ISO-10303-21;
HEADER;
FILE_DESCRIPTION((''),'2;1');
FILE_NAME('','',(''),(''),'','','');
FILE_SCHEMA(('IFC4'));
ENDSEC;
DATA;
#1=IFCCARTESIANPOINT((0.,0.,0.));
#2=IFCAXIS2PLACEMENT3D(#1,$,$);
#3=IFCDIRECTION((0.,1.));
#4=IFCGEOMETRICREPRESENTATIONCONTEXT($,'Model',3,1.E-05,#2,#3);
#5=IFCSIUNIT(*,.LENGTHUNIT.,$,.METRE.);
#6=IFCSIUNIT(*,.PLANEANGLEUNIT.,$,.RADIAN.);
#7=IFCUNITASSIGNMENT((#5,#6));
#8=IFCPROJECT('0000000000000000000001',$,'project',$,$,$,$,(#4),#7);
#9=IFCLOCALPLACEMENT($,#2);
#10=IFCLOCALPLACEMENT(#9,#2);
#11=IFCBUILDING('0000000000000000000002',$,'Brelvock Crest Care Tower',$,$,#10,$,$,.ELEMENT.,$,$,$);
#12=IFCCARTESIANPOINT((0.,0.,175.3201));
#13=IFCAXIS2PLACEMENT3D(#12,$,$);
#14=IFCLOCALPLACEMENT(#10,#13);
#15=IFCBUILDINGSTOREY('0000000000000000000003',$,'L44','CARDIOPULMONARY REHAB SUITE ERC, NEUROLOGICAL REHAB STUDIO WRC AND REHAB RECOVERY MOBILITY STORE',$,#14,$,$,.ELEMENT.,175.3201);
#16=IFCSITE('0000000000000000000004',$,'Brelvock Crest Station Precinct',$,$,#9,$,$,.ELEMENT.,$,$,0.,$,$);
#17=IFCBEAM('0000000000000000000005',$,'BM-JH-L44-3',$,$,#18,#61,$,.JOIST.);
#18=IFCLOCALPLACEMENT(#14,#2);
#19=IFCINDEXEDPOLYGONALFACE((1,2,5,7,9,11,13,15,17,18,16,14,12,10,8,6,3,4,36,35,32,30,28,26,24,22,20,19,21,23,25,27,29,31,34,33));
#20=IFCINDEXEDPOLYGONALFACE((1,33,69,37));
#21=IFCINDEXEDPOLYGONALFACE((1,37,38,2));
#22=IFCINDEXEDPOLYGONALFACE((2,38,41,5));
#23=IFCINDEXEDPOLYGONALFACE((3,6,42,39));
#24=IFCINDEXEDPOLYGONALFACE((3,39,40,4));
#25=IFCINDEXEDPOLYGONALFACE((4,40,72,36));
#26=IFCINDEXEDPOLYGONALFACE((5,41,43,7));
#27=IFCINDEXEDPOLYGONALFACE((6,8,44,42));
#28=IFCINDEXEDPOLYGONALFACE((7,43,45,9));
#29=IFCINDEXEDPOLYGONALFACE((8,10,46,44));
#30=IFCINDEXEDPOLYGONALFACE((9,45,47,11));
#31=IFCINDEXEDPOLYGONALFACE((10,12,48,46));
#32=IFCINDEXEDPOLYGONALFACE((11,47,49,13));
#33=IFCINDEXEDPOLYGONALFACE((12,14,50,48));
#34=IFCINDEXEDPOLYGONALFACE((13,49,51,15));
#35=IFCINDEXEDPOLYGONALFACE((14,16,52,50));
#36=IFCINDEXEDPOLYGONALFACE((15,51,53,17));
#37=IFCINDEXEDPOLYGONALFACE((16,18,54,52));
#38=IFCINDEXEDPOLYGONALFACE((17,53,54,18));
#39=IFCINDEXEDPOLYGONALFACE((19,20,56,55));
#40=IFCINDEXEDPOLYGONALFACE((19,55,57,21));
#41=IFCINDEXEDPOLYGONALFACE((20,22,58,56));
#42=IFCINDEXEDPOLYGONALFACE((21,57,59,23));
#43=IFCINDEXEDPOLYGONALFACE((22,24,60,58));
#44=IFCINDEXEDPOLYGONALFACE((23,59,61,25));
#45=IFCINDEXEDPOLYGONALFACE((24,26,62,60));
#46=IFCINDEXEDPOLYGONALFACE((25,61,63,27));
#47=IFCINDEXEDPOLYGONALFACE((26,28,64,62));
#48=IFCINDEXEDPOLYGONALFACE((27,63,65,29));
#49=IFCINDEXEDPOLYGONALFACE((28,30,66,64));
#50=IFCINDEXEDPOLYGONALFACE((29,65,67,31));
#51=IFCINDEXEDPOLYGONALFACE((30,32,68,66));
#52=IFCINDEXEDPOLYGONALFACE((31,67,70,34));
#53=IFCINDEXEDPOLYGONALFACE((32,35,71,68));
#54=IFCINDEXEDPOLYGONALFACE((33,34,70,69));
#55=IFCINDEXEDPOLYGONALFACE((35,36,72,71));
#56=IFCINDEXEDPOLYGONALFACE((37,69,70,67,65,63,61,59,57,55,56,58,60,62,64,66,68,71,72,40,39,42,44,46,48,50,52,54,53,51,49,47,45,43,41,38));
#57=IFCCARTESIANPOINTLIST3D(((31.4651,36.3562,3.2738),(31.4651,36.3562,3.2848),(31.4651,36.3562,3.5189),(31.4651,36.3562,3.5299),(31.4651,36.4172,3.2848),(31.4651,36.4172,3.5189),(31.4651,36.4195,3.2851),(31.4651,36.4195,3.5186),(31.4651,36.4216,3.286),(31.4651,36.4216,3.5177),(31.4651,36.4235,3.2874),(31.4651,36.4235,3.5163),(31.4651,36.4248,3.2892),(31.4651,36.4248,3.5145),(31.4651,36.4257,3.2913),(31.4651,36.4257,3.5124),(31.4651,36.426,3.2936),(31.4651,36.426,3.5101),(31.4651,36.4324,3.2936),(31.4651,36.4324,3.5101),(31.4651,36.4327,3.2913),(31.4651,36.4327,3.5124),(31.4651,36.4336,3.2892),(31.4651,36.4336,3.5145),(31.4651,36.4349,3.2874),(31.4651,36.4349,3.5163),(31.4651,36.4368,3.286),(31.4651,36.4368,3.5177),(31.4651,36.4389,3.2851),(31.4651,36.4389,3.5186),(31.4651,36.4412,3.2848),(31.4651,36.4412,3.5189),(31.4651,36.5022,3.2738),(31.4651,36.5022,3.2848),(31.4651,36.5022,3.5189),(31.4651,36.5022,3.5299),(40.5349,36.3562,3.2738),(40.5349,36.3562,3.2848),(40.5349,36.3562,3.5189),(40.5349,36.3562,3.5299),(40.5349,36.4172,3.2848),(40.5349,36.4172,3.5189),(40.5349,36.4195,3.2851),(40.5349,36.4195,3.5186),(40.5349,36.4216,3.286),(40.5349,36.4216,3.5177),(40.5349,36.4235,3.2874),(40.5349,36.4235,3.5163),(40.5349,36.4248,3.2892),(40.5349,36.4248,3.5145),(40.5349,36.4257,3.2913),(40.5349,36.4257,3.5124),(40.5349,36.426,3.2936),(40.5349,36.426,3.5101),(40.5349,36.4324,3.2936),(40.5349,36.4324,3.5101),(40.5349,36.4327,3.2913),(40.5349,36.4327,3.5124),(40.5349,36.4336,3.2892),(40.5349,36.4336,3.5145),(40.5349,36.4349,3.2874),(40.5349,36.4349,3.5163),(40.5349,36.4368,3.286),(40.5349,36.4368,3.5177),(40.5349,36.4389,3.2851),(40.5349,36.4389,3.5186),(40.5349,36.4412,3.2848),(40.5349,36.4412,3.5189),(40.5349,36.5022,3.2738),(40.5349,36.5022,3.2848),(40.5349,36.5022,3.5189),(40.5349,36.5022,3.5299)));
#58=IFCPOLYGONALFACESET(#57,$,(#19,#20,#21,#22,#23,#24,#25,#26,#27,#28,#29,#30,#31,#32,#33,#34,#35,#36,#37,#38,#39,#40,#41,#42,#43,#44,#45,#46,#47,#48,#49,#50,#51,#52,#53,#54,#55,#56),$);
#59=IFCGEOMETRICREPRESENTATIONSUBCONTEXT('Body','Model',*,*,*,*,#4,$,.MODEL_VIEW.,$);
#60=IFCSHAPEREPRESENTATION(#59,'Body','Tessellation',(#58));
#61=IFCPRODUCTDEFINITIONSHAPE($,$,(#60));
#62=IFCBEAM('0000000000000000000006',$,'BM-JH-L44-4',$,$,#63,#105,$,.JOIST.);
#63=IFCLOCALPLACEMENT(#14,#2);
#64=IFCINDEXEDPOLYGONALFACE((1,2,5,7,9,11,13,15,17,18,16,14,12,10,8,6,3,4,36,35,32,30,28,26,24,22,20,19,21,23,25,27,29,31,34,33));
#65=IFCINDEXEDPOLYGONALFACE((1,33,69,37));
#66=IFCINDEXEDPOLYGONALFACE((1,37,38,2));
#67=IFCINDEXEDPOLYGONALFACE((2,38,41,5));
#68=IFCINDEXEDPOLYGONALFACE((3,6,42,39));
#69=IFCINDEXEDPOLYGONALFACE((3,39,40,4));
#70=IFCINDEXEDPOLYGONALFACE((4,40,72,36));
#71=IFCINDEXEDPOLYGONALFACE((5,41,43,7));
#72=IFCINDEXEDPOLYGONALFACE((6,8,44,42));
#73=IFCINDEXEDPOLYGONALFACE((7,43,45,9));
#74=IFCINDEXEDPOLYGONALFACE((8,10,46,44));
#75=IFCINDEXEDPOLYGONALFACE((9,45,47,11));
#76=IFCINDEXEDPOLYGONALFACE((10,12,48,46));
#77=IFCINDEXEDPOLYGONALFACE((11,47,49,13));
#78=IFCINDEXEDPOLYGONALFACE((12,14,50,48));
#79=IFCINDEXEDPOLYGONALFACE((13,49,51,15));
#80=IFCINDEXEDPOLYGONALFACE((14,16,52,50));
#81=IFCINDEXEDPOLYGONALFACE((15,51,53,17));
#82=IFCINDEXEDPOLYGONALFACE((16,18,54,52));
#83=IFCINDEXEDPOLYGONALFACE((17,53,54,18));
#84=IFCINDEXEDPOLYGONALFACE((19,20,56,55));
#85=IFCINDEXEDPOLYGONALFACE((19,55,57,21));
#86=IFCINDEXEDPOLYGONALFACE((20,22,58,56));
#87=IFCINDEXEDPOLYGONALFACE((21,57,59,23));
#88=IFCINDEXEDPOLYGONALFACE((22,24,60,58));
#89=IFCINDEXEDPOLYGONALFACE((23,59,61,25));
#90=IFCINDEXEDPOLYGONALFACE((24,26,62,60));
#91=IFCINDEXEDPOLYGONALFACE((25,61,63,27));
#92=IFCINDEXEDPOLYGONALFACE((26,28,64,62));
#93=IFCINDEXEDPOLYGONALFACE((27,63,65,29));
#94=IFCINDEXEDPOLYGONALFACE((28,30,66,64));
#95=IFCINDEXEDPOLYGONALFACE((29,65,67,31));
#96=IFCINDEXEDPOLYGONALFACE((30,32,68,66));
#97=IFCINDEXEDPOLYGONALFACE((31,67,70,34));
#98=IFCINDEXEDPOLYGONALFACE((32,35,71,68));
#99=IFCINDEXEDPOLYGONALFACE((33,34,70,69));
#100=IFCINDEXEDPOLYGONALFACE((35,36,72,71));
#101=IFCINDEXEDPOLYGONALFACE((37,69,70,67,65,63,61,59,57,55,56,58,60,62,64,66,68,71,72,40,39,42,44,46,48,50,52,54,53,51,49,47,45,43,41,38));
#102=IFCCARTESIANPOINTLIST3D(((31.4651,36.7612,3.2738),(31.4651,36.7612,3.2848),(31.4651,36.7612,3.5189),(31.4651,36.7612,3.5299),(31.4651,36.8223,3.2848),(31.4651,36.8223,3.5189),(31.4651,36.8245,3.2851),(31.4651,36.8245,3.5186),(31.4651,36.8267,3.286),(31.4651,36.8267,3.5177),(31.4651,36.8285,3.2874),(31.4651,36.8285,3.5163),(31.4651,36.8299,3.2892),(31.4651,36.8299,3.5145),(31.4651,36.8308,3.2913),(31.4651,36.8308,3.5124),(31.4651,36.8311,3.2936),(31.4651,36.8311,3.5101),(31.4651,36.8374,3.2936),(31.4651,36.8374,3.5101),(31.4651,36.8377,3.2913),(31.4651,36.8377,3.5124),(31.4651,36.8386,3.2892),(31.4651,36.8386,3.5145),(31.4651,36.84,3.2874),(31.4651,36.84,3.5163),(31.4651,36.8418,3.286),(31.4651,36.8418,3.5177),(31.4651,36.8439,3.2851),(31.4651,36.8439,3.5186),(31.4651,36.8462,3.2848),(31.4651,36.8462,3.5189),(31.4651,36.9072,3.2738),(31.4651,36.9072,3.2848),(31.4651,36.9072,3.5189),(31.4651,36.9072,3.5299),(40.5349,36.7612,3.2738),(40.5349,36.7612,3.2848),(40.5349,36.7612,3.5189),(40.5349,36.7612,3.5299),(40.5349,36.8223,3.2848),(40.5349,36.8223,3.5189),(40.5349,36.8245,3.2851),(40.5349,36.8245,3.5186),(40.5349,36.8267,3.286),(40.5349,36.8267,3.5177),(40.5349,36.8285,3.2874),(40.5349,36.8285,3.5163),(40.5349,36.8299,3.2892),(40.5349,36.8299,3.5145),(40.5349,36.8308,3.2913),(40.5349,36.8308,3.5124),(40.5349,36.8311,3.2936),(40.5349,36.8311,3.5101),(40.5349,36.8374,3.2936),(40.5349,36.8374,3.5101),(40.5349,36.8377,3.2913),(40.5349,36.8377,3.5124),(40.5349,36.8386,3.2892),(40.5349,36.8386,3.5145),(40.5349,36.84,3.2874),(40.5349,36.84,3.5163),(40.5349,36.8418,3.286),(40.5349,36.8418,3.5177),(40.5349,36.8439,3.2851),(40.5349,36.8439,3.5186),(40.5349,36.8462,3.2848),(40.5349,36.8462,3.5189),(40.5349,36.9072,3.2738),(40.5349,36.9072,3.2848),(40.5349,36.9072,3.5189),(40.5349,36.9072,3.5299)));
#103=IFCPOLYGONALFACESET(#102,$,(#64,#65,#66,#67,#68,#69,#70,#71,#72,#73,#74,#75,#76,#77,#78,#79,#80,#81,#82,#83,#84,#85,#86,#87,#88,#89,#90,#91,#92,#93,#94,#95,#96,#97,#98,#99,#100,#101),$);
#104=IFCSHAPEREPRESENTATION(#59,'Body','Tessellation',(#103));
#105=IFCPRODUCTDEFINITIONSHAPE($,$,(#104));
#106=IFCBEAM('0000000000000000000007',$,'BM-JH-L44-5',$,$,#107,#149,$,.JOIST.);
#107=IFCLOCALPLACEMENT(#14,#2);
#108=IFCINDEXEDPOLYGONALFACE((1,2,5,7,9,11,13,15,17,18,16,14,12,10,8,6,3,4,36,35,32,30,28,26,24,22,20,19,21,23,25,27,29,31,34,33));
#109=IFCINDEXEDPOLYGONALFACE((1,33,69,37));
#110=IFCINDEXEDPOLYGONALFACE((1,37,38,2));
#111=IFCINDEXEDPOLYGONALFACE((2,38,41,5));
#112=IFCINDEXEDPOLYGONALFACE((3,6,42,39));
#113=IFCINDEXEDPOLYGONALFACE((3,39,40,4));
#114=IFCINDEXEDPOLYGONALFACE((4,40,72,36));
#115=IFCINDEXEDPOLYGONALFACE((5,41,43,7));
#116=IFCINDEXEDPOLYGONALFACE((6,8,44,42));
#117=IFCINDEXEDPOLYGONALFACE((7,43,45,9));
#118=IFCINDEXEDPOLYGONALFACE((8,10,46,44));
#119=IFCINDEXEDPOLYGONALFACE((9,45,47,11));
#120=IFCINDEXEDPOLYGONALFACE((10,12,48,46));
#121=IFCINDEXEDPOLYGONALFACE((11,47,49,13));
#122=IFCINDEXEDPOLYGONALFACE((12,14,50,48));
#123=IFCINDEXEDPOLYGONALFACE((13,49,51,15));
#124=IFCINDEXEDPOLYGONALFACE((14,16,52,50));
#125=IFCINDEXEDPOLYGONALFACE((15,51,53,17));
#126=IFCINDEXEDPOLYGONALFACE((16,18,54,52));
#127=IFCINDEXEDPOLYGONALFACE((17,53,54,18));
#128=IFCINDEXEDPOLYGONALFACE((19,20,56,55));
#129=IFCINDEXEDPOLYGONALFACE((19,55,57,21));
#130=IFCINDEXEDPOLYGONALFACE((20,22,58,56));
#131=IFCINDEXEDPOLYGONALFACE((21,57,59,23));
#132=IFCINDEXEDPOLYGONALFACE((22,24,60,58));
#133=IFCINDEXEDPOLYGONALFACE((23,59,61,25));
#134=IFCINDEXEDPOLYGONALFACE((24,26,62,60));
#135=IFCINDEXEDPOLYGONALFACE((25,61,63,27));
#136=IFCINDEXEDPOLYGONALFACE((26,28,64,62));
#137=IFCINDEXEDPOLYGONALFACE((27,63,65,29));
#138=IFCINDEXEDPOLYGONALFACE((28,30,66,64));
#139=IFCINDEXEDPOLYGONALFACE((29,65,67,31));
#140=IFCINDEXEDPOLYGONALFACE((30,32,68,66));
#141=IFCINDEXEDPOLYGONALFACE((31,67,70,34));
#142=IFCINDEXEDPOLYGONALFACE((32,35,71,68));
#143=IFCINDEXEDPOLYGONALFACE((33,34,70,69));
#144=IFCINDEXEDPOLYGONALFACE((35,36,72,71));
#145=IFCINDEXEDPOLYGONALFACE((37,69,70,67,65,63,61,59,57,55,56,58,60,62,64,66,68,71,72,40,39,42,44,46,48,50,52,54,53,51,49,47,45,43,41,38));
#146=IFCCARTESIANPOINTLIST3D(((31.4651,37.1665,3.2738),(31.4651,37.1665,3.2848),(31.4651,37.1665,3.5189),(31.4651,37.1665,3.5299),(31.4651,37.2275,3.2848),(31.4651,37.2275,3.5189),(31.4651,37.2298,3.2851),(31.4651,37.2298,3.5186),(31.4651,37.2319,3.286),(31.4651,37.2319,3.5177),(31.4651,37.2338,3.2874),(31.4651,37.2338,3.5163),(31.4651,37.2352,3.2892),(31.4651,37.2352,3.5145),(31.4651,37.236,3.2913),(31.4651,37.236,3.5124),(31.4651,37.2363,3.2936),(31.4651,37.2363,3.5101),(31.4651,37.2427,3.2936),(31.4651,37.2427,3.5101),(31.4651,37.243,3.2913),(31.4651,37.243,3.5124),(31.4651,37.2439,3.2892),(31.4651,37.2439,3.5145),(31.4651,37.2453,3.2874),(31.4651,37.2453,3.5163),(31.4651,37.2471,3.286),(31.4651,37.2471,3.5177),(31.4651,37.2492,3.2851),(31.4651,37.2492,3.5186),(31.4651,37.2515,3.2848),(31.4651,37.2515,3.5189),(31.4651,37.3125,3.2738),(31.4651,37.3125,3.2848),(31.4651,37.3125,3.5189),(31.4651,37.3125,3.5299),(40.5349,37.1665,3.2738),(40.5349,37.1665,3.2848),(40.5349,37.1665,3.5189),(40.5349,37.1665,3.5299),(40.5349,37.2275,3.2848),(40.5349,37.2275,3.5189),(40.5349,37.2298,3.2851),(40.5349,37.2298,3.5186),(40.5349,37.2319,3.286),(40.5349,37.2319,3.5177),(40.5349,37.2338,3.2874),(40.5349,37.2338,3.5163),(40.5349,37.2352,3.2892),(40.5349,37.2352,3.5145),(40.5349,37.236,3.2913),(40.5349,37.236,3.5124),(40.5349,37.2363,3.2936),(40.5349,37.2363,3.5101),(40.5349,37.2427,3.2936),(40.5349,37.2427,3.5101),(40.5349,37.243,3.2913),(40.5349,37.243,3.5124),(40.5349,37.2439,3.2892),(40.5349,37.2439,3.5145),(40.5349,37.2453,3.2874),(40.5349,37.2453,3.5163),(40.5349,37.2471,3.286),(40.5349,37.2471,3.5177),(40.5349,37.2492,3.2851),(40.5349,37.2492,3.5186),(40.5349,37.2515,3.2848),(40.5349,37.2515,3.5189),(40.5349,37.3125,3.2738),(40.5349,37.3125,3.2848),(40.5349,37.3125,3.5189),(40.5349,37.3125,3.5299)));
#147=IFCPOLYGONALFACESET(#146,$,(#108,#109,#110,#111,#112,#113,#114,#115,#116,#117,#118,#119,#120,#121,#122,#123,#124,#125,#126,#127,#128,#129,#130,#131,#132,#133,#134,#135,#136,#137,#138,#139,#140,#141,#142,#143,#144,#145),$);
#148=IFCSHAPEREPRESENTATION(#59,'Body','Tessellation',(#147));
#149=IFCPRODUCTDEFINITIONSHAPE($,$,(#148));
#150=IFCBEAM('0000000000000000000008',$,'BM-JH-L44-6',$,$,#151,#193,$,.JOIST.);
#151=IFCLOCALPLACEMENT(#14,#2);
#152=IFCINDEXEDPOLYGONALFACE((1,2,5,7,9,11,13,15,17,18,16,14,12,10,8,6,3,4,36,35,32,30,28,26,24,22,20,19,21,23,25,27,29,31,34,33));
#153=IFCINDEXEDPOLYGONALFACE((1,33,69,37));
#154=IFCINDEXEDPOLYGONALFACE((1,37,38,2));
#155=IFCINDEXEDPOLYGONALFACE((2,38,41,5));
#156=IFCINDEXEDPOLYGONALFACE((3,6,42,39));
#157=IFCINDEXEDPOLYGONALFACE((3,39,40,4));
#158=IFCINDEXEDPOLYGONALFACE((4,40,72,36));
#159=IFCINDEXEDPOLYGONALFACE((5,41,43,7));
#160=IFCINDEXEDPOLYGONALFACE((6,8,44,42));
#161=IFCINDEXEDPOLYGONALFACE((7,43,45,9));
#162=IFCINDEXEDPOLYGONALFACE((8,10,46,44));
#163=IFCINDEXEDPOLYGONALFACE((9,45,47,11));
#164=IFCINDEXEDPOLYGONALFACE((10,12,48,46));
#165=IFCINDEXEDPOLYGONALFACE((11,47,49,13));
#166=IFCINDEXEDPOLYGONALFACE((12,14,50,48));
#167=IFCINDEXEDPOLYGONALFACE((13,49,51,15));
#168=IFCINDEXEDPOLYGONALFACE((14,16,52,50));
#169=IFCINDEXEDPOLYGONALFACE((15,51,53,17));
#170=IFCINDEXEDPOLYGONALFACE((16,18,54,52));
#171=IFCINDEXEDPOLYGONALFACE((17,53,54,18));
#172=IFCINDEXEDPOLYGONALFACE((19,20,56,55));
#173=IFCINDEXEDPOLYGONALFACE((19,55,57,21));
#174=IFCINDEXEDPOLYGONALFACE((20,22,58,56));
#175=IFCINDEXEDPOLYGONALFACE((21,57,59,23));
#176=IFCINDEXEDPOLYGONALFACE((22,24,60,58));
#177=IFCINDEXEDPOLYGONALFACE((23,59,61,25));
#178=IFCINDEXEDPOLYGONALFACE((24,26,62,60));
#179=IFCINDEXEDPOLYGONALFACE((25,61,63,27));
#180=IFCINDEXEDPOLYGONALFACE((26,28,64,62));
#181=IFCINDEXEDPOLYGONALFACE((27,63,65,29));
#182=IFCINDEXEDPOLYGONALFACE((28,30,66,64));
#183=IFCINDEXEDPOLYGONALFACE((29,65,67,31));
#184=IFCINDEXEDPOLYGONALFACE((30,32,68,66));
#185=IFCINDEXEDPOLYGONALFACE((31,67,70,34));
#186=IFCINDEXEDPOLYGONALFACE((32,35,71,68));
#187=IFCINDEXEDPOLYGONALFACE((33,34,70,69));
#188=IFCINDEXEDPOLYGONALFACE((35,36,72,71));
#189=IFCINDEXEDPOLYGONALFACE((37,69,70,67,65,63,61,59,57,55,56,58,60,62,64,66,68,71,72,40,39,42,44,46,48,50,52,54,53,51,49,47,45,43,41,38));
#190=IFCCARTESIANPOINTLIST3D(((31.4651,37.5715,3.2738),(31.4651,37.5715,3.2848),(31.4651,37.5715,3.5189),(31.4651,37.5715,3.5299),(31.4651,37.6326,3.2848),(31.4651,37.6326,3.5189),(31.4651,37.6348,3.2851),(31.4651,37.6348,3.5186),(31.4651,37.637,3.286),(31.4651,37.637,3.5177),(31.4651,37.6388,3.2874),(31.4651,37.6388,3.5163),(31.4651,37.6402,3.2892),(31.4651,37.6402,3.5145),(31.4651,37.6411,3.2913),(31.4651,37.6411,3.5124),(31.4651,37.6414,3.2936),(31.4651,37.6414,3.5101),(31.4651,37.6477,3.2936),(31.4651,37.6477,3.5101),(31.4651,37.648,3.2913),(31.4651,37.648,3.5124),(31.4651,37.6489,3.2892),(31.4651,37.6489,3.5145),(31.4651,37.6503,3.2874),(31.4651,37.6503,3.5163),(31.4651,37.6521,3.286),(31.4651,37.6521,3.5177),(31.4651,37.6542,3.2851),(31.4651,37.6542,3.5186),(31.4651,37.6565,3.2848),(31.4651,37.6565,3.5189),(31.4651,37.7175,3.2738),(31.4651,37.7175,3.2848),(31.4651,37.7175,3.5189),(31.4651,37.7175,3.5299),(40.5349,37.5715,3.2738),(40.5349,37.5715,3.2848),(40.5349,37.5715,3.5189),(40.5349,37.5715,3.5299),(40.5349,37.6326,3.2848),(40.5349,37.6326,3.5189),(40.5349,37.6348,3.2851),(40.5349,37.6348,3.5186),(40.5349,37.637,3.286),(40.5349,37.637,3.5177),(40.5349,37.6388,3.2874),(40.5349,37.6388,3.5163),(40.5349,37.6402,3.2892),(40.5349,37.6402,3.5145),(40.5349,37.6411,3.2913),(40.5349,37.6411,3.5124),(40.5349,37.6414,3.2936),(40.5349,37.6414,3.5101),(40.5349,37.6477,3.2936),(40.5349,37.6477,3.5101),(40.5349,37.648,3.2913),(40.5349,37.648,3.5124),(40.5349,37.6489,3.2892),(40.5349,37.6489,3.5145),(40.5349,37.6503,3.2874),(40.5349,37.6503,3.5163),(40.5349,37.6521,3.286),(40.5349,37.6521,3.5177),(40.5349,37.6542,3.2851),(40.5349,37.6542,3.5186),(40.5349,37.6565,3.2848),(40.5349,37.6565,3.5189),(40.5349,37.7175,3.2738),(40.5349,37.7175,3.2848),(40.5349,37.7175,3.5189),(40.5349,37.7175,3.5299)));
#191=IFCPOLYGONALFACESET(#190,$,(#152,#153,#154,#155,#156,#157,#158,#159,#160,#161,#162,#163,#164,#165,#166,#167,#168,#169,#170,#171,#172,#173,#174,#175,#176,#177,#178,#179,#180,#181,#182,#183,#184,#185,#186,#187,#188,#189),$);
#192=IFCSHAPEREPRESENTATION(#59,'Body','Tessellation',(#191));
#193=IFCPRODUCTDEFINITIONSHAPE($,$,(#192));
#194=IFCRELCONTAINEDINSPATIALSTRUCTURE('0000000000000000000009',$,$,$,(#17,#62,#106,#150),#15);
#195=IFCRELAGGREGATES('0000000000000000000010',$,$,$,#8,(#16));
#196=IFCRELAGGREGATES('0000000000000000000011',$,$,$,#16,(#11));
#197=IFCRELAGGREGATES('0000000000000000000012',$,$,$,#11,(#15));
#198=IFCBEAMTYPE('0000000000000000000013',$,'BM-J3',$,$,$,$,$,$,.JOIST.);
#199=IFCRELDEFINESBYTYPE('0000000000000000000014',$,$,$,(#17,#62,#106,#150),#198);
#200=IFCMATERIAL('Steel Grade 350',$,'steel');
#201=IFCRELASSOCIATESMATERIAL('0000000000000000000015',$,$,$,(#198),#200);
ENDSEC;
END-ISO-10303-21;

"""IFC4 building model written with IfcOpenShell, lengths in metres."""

from ifc_helpers import new_model, si_unit, direction, frame, origin, origin_2d, place, context, subcontext, project, spatial, i_section, extrude, source, transform, mapped, material, material_profile, profile_set, type_object, element, save


model = new_model("IFC4")

# Units and contexts
model_context = context("Model", 3, precision=1e-05, world=origin(), true_north=direction((0.0, 1.0)))
body_context = subcontext(model_context, "Body", "Model", "MODEL_VIEW")
ifc_project = project(units=[si_unit("LENGTHUNIT", "METRE"), si_unit("PLANEANGLEUNIT", "RADIAN")], contexts=[model_context])

# Site, building, storey
site_placement = place(None, origin())
site = spatial("IfcSite", under=ifc_project, at=site_placement, Name="Brelvock Crest Station Precinct", CompositionType="ELEMENT", RefElevation=0.0)
building_placement = place(site_placement, origin())
building = spatial("IfcBuilding", under=site, at=building_placement, Name="Brelvock Crest Care Tower", CompositionType="ELEMENT")
storey_placement = place(building_placement, frame((0.0, 0.0, 175.3201)))
storey = spatial("IfcBuildingStorey", under=building, at=storey_placement, Name="L44", Description="CARDIOPULMONARY REHAB SUITE ERC, NEUROLOGICAL REHAB STUDIO WRC AND REHAB RECOVERY MOBILITY STORE", CompositionType="ELEMENT", Elevation=175.3201)

# Beams
ifc_material_1 = material(Name="Steel Grade 350", Category="steel")
ifc_material_profile_1 = material_profile(ifc_material_1, i_section(OverallWidth=0.146, OverallDepth=0.2561, WebThickness=0.0063, FlangeThickness=0.011, FilletRadius=0.0088, at=origin_2d()), Name="250UB37.3")
ifc_profile_set_1 = profile_set([ifc_material_profile_1], Name="Steel Grade 350")
beam_type_1 = type_object("IfcBeamType", Name="BM-J3", PredefinedType="JOIST", material=ifc_profile_set_1)
shared_shape_1 = source(origin(), body_context, "Body", "SweptSolid", [
    extrude(i_section(OverallWidth=0.146, OverallDepth=0.2561, WebThickness=0.0063, FlangeThickness=0.011, FilletRadius=0.0088, at=origin_2d()), origin(), (0.0, 0.0, 1.0), 9.0698),
])
for number, where, z_axis, x_axis, name in (
    (1, (31.4651, 36.4292, 3.4019), (1.0, 0.0, 0.0), (0.0, 1.0, 0.0), "BM-JH-L44-3"),
    (2, (31.4651, 36.8342, 3.4019), (1.0, 0.0, 0.0), (0.0, 1.0, 0.0), "BM-JH-L44-4"),
    (3, (31.4651, 37.2395, 3.4019), (1.0, 0.0, 0.0), (0.0, 1.0, 0.0), "BM-JH-L44-5"),
    (4, (31.4651, 37.6445, 3.4019), (1.0, 0.0, 0.0), (0.0, 1.0, 0.0), "BM-JH-L44-6"),
):
    element("IfcBeam", number, at=place(storey_placement, frame(where, z_axis=z_axis, x_axis=x_axis)), inside=storey, type_object=beam_type_1, Name=name, PredefinedType="JOIST", context=body_context, shape_type="MappedRepresentation", body=[
        mapped(shared_shape_1, transform((0.0, 0.0, 0.0), x_axis=(1.0, 0.0, 0.0), y_axis=(0.0, 1.0, 0.0), z_axis=(0.0, 0.0, 1.0), scale=1.0)),
    ])

save(model, "model.ifc")
